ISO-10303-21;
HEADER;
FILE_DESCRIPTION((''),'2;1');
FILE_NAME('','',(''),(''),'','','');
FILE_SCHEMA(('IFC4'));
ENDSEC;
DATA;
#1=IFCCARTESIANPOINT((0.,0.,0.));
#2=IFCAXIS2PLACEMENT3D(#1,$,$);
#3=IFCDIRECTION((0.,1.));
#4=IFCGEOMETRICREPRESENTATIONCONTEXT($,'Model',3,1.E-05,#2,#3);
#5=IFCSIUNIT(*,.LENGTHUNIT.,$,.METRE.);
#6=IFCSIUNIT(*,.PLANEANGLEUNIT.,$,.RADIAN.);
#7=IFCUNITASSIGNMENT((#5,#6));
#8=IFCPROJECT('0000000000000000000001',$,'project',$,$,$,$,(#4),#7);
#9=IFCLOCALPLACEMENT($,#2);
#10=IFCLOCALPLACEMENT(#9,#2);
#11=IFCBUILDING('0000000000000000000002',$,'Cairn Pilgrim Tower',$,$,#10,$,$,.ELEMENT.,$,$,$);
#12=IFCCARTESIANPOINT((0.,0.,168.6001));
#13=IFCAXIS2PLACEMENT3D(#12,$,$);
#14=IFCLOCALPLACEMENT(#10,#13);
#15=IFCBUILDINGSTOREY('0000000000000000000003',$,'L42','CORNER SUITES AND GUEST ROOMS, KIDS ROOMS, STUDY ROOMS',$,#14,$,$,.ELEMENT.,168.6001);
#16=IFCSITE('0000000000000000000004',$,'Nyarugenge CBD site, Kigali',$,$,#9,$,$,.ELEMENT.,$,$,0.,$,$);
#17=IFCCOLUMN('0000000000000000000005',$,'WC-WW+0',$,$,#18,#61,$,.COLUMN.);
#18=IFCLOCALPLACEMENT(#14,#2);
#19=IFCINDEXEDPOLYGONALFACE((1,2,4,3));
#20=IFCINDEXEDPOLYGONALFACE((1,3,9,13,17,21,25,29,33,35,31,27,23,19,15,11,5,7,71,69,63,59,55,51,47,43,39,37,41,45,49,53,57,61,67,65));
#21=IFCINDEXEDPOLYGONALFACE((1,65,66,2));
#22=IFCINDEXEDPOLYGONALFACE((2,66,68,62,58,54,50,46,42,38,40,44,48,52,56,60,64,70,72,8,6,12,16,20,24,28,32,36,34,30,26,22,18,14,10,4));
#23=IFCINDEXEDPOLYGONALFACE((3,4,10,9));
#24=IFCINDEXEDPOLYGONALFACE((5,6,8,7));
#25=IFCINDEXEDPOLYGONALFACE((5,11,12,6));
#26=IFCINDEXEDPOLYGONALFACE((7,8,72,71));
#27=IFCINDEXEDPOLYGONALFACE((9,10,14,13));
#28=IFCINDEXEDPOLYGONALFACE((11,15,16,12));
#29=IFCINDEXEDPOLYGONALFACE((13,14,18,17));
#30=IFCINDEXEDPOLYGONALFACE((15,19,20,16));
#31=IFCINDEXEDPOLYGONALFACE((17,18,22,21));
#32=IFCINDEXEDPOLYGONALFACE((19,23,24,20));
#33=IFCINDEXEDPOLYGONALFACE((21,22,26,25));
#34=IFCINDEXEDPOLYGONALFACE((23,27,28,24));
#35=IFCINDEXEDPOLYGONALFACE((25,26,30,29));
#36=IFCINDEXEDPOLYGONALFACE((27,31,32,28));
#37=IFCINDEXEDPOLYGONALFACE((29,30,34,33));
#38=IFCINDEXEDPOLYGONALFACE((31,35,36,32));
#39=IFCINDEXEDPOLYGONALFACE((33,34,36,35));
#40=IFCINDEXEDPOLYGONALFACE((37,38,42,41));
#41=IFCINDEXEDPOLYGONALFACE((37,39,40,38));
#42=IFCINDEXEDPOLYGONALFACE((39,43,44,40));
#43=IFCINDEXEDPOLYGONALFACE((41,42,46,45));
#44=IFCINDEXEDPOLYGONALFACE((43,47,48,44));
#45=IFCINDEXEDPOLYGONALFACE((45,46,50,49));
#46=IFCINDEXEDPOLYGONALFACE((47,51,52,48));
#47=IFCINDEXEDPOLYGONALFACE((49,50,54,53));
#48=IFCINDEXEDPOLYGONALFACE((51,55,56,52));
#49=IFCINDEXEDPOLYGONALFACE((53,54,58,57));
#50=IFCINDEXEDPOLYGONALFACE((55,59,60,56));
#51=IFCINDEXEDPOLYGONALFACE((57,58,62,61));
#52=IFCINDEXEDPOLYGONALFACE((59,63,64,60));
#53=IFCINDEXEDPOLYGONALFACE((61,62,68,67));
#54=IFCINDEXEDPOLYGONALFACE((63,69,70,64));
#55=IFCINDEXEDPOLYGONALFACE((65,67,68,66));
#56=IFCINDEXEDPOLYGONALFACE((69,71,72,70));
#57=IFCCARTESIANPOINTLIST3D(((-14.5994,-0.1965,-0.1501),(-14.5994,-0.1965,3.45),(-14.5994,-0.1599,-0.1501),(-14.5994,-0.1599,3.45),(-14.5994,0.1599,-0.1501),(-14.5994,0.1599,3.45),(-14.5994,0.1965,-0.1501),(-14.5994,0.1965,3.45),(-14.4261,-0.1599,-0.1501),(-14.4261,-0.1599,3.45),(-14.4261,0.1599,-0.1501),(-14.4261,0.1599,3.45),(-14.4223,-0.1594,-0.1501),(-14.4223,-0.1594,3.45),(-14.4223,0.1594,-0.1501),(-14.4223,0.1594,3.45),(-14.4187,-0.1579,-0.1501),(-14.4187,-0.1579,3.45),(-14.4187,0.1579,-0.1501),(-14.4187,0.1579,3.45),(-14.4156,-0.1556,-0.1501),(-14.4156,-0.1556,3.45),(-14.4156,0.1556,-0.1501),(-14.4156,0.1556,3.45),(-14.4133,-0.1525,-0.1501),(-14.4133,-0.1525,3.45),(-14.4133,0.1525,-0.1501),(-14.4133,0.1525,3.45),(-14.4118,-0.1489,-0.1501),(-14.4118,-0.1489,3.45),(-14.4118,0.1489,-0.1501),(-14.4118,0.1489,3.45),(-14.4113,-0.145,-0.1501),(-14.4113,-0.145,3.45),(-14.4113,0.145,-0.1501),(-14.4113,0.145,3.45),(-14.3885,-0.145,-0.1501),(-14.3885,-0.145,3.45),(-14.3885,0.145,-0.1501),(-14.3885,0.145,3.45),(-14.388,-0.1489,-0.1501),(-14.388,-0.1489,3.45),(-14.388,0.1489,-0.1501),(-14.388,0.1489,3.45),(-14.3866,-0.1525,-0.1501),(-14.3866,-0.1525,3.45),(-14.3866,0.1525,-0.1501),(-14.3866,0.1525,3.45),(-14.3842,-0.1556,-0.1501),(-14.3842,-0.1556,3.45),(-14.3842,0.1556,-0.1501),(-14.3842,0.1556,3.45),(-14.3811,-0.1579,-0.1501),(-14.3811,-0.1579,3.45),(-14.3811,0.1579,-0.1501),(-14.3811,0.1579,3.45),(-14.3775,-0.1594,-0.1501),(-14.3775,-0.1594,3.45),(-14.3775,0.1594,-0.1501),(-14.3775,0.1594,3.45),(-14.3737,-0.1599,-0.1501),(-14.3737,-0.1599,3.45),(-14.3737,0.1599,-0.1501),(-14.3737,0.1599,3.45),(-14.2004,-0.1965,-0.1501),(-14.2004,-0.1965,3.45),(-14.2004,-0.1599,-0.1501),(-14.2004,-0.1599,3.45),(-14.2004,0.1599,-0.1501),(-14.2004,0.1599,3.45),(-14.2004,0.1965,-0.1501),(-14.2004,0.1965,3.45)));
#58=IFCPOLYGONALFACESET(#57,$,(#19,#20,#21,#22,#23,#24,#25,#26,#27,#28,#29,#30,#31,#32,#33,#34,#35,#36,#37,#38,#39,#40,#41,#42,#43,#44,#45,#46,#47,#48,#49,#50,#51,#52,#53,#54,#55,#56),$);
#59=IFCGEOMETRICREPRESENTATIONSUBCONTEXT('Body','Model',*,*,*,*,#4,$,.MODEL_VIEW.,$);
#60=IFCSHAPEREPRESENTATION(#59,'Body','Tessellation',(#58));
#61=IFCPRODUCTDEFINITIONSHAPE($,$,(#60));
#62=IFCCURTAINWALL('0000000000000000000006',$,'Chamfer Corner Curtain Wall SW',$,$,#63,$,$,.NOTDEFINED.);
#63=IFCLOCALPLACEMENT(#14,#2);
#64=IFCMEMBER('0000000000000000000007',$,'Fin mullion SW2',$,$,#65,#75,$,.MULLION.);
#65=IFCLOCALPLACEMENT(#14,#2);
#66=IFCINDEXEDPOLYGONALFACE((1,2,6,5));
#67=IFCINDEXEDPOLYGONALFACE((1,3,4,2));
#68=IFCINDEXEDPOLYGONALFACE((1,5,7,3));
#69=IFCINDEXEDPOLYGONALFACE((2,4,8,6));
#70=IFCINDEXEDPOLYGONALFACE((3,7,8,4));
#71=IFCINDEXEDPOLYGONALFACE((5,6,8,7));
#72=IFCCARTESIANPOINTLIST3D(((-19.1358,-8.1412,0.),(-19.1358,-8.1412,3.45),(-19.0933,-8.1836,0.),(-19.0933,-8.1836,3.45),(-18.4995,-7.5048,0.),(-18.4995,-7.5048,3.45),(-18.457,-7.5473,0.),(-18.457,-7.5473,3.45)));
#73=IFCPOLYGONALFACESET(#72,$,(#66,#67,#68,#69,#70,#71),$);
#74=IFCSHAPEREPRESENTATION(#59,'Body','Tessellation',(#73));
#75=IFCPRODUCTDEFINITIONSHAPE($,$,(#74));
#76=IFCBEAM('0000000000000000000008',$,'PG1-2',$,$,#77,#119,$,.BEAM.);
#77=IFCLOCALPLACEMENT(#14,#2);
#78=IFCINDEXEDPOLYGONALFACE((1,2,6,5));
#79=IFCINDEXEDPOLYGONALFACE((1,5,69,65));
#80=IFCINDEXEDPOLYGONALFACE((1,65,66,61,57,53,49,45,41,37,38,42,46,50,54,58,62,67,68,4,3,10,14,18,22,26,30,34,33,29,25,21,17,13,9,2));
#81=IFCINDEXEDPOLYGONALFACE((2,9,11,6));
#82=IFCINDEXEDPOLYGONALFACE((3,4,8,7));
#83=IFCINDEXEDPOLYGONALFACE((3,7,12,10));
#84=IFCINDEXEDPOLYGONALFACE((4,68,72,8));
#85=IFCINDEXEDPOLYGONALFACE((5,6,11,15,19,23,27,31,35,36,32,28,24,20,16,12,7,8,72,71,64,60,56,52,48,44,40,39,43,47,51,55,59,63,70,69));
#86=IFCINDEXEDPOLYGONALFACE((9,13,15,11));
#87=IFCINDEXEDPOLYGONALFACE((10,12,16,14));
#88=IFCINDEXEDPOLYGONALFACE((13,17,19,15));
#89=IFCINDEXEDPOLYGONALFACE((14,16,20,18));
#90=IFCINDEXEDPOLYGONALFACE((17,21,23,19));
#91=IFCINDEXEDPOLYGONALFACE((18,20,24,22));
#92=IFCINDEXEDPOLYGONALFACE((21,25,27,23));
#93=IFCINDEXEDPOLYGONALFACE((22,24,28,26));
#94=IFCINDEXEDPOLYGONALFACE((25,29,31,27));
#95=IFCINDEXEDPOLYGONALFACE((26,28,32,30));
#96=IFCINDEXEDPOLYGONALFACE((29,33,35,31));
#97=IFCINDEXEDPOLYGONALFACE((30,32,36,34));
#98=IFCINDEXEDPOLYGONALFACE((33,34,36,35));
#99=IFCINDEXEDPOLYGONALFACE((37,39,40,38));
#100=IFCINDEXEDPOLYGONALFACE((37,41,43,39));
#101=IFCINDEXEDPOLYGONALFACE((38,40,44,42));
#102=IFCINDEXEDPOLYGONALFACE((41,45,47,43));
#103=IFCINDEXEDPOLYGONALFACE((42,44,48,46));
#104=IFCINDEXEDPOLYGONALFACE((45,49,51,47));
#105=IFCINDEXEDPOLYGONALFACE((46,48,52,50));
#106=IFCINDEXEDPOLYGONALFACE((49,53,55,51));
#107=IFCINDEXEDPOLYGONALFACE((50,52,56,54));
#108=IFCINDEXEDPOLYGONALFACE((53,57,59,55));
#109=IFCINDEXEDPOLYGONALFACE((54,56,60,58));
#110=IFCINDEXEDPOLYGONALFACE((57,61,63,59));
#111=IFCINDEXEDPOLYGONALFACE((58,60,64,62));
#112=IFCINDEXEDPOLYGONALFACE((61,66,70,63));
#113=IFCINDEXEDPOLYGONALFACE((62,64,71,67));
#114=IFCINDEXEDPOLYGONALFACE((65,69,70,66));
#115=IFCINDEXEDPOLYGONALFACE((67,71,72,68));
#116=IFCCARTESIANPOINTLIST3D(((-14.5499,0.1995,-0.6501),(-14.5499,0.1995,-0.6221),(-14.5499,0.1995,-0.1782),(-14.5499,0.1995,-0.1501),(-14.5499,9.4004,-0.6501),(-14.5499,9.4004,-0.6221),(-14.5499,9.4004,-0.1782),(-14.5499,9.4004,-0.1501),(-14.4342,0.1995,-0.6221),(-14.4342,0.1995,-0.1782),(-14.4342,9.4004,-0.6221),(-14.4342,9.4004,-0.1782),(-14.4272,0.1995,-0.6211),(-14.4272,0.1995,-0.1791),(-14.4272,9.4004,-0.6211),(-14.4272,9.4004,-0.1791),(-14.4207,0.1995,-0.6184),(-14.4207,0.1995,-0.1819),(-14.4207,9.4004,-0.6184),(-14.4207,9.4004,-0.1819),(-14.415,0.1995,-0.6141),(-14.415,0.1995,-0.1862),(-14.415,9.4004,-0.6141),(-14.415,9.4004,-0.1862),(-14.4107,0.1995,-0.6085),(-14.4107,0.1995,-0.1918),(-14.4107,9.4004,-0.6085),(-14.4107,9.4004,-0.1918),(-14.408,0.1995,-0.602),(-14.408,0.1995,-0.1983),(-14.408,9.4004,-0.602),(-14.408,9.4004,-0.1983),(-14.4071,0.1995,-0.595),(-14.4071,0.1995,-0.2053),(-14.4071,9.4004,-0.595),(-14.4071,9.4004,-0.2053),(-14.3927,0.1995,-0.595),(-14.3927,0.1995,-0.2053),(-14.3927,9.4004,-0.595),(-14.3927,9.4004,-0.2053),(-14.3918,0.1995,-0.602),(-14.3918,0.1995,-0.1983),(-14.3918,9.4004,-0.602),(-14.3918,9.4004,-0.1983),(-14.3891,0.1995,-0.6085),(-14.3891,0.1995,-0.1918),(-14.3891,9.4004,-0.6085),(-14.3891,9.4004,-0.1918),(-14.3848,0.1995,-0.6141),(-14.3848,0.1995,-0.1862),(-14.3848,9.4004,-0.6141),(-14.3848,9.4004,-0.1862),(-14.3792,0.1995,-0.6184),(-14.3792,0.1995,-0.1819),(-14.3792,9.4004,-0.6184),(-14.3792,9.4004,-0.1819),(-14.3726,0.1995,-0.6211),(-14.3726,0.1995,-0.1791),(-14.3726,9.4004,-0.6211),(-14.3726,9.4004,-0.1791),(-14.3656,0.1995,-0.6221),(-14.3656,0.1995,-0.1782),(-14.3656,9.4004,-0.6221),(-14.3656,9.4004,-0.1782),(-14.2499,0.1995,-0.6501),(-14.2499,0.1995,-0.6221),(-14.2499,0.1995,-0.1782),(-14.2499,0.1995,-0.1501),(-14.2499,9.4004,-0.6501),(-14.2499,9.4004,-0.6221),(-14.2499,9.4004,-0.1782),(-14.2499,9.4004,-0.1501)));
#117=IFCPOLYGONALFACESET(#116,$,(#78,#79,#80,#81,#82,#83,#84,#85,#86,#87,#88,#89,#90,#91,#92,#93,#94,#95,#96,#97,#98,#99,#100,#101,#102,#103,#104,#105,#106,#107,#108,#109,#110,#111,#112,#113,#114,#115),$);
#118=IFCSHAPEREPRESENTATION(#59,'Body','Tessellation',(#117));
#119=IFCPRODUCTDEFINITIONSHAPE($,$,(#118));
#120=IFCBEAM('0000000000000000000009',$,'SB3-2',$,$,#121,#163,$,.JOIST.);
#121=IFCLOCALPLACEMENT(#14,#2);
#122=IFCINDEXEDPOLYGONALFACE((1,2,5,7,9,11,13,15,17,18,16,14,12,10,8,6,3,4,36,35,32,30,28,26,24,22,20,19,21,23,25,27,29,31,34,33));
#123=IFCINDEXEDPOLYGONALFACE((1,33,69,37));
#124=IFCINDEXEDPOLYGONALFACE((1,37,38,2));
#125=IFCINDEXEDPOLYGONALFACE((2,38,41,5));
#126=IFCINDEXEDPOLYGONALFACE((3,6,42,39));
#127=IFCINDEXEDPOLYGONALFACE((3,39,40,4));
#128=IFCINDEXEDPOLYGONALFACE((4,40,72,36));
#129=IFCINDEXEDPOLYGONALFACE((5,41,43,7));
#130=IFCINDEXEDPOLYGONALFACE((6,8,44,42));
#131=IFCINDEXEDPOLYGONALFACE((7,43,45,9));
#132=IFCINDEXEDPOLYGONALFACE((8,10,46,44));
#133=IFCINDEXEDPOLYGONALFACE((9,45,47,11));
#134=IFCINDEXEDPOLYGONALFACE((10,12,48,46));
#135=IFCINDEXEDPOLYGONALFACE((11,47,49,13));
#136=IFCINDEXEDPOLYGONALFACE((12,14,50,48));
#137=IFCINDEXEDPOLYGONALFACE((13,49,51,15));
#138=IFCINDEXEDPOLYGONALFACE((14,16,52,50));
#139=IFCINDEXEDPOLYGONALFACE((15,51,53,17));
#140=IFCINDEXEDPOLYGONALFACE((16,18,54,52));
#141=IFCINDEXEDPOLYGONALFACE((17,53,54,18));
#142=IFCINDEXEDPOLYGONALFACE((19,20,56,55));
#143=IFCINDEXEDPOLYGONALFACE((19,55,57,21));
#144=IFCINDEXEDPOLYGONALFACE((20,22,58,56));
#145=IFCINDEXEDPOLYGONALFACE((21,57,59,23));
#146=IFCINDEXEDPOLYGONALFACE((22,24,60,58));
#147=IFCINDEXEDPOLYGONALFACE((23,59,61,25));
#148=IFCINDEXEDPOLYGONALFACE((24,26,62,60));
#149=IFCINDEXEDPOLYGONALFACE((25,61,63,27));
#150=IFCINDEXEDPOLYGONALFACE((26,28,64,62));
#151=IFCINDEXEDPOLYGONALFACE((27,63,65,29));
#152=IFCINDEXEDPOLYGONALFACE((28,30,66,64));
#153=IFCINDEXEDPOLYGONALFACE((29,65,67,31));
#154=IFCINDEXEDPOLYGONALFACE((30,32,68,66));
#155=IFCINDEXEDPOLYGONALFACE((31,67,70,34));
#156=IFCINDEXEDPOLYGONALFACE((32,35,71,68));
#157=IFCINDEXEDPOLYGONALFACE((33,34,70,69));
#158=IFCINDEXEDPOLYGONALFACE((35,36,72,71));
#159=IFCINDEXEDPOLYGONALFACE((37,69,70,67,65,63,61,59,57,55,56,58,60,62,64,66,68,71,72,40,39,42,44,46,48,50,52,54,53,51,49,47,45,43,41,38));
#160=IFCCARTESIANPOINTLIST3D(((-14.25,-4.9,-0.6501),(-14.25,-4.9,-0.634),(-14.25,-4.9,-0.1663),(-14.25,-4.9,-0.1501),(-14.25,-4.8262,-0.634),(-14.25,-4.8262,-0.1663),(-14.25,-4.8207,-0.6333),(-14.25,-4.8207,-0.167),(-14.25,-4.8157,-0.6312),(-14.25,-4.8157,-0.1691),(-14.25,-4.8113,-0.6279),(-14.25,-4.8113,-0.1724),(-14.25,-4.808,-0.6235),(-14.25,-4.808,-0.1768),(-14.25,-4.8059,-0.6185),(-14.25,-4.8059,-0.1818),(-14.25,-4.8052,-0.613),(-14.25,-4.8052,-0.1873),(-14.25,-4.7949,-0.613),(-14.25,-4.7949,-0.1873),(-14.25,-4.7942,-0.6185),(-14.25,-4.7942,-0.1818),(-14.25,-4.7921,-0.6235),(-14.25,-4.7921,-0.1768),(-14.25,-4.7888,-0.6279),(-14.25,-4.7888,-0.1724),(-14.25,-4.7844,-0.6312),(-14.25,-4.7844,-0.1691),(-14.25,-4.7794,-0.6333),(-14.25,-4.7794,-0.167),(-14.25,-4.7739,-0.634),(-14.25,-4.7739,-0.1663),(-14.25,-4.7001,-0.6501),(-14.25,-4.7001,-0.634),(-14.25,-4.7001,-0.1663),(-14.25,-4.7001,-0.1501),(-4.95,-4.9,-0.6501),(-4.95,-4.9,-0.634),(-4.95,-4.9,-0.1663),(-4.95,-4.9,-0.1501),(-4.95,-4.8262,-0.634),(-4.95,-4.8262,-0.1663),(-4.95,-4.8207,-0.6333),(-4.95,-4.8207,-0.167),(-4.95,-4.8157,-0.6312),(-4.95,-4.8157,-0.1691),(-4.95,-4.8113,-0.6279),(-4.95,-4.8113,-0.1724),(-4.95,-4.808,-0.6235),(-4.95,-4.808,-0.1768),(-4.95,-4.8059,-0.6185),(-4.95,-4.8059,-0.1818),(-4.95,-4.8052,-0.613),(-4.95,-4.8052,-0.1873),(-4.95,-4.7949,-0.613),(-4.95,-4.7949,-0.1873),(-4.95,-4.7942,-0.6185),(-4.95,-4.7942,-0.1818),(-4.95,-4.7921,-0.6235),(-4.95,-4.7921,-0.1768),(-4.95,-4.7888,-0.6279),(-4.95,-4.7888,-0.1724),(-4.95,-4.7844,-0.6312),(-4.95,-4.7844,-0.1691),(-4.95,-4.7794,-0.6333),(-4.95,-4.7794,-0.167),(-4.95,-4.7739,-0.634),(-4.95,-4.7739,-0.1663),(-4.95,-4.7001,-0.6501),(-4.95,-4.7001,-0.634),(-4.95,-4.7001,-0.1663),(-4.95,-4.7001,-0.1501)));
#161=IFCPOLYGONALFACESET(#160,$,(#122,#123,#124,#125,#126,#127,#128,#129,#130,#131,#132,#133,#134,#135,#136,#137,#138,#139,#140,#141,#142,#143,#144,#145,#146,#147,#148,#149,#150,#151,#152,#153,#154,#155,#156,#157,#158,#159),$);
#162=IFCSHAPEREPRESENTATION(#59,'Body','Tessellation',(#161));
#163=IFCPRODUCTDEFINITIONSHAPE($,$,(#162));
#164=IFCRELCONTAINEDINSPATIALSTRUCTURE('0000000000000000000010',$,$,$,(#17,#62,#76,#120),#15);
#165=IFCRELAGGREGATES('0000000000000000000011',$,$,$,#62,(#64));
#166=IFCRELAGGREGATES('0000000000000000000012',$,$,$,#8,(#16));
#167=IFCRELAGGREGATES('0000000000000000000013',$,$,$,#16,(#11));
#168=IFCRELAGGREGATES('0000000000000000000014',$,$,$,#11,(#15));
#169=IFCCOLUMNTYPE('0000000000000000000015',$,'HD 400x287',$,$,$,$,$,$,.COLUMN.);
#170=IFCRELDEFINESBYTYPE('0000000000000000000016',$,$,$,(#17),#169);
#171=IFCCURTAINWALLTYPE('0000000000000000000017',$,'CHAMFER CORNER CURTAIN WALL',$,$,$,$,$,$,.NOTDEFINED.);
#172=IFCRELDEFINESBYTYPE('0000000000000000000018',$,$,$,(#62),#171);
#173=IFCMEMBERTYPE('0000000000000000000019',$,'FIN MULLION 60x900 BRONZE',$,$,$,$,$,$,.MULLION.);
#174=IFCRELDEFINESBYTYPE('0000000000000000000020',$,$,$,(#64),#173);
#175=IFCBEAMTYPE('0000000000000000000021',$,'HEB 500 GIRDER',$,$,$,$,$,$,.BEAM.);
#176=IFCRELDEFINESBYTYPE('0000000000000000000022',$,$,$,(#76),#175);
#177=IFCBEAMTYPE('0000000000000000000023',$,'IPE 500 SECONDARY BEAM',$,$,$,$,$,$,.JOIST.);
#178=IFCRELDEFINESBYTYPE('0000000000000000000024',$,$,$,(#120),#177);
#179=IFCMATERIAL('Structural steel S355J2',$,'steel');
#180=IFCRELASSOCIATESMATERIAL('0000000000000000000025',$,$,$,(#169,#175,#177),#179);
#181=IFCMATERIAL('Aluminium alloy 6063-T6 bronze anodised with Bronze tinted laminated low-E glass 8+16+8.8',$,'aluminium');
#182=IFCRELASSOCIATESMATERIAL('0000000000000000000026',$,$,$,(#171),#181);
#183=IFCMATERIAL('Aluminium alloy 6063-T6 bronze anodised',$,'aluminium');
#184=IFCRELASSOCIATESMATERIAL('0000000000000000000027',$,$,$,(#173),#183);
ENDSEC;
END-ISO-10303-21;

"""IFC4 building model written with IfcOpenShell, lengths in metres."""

from ifc_helpers import new_model, si_unit, direction, frame, origin, origin_2d, place, context, subcontext, project, spatial, rectangle, i_section, extrude, material, material_profile, profile_set, type_object, element, aggregate, save


model = new_model("IFC4")

# Units and contexts
model_context = context("Model", 3, precision=1e-05, world=origin(), true_north=direction((0.0, 1.0)))
body_context = subcontext(model_context, "Body", "Model", "MODEL_VIEW")
ifc_project = project(units=[si_unit("LENGTHUNIT", "METRE"), si_unit("PLANEANGLEUNIT", "RADIAN")], contexts=[model_context])

# Site, building, storey
site_placement = place(None, origin())
site = spatial("IfcSite", under=ifc_project, at=site_placement, Name="Nyarugenge CBD site, Kigali", CompositionType="ELEMENT", RefElevation=0.0)
building_placement = place(site_placement, origin())
building = spatial("IfcBuilding", under=site, at=building_placement, Name="Cairn Pilgrim Tower", CompositionType="ELEMENT")
storey_placement = place(building_placement, frame((0.0, 0.0, 168.6001)))
storey = spatial("IfcBuildingStorey", under=building, at=storey_placement, Name="L42", Description="CORNER SUITES AND GUEST ROOMS, KIDS ROOMS, STUDY ROOMS", CompositionType="ELEMENT", Elevation=168.6001)

# Column
ifc_material_1 = material(Name="Structural steel S355J2", Category="steel")
ifc_material_profile_1 = material_profile(ifc_material_1, i_section(OverallWidth=0.3989, OverallDepth=0.3931, WebThickness=0.0227, FlangeThickness=0.0366, FilletRadius=0.0149, at=origin_2d()), Name="HD 400x287")
ifc_profile_set_1 = profile_set([ifc_material_profile_1], Name="Structural steel S355J2")
column_type = type_object("IfcColumnType", Name="HD 400x287", PredefinedType="COLUMN", material=ifc_profile_set_1)
column_placement = place(storey_placement, frame((-14.3999, 0.0, -0.1501), z_axis=(0.0, 0.0, 1.0), x_axis=(1.0, 0.0, 0.0)))
element("IfcColumn", 1, at=column_placement, inside=storey, type_object=column_type, Name="WC-WW+0", PredefinedType="COLUMN", context=body_context, shape_type="SweptSolid", body=[
    extrude(i_section(OverallWidth=0.3989, OverallDepth=0.3931, WebThickness=0.0227, FlangeThickness=0.0366, FilletRadius=0.0149, at=origin_2d()), origin(), (0.0, 0.0, 1.0), 3.6001),
])

# Curtain wall, member
ifc_material_2 = material(Name="Aluminium alloy 6063-T6 bronze anodised with Bronze tinted laminated low-E glass 8+16+8.8", Category="aluminium")
curtain_wall_type = type_object("IfcCurtainWallType", Name="CHAMFER CORNER CURTAIN WALL", PredefinedType="NOTDEFINED", material=ifc_material_2)
curtain_wall_placement = place(storey_placement, origin())
curtain_wall = element("IfcCurtainWall", 2, at=curtain_wall_placement, inside=storey, type_object=curtain_wall_type, Name="Chamfer Corner Curtain Wall SW", PredefinedType="NOTDEFINED")
ifc_material_3 = material(Name="Aluminium alloy 6063-T6 bronze anodised", Category="aluminium")
ifc_material_profile_2 = material_profile(ifc_material_3, rectangle(XDim=0.8999, YDim=0.0601, at=origin_2d()), Name="FIN MULLION 60x900 BRONZE")
ifc_profile_set_2 = profile_set([ifc_material_profile_2], Name="Aluminium alloy 6063-T6 bronze anodised")
member_type_1 = type_object("IfcMemberType", Name="FIN MULLION 60x900 BRONZE", PredefinedType="MULLION", material=ifc_profile_set_2)
member_1_placement = place(storey_placement, frame((-18.7964, -7.8442, 0.0), z_axis=(0.0, 0.0, 1.0), x_axis=(-0.707107, -0.707107, 0.0)))
member_1 = element("IfcMember", 3, at=member_1_placement, type_object=member_type_1, Name="Fin mullion SW2", PredefinedType="MULLION", context=body_context, shape_type="SweptSolid", body=[
    extrude(rectangle(XDim=0.8999, YDim=0.0601, at=origin_2d()), origin(), (0.0, 0.0, 1.0), 3.45),
])

# Beams
ifc_material_profile_3 = material_profile(ifc_material_1, i_section(OverallWidth=0.3, OverallDepth=0.5, WebThickness=0.0144, FlangeThickness=0.0281, FilletRadius=0.0271, at=origin_2d()), Name="HEB 500")
ifc_profile_set_3 = profile_set([ifc_material_profile_3], Name="Structural steel S355J2")
beam_type_1 = type_object("IfcBeamType", Name="HEB 500 GIRDER", PredefinedType="BEAM", material=ifc_profile_set_3)
beam_placement = place(storey_placement, frame((-14.3999, 0.1995, -0.4001), z_axis=(0.0, 1.0, 0.0), x_axis=(-1.0, 0.0, 0.0)))
element("IfcBeam", 4, at=beam_placement, inside=storey, type_object=beam_type_1, Name="PG1-2", PredefinedType="BEAM", context=body_context, shape_type="SweptSolid", body=[
    extrude(i_section(OverallWidth=0.3, OverallDepth=0.5, WebThickness=0.0144, FlangeThickness=0.0281, FilletRadius=0.0271, at=origin_2d()), origin(), (0.0, 0.0, 1.0), 9.2009),
])
ifc_material_profile_4 = material_profile(ifc_material_1, i_section(OverallWidth=0.2, OverallDepth=0.5, WebThickness=0.0103, FlangeThickness=0.0161, FilletRadius=0.021, at=origin_2d()), Name="IPE 500")
ifc_profile_set_4 = profile_set([ifc_material_profile_4], Name="Structural steel S355J2")
beam_type_2 = type_object("IfcBeamType", Name="IPE 500 SECONDARY BEAM", PredefinedType="JOIST", material=ifc_profile_set_4)
for number, where, z_axis, x_axis, name in (
    (5, (-14.25, -4.8, -0.4001), (1.0, 0.0, 0.0), (0.0, 1.0, 0.0), "SB3-2"),
):
    element("IfcBeam", number, at=place(storey_placement, frame(where, z_axis=z_axis, x_axis=x_axis)), inside=storey, type_object=beam_type_2, Name=name, PredefinedType="JOIST", context=body_context, shape_type="SweptSolid", body=[
        extrude(i_section(OverallWidth=0.2, OverallDepth=0.5, WebThickness=0.0103, FlangeThickness=0.0161, FilletRadius=0.021, at=origin_2d()), origin(), (0.0, 0.0, 1.0), 9.3),
    ])

aggregate(curtain_wall, [member_1])

save(model, "model.ifc")
